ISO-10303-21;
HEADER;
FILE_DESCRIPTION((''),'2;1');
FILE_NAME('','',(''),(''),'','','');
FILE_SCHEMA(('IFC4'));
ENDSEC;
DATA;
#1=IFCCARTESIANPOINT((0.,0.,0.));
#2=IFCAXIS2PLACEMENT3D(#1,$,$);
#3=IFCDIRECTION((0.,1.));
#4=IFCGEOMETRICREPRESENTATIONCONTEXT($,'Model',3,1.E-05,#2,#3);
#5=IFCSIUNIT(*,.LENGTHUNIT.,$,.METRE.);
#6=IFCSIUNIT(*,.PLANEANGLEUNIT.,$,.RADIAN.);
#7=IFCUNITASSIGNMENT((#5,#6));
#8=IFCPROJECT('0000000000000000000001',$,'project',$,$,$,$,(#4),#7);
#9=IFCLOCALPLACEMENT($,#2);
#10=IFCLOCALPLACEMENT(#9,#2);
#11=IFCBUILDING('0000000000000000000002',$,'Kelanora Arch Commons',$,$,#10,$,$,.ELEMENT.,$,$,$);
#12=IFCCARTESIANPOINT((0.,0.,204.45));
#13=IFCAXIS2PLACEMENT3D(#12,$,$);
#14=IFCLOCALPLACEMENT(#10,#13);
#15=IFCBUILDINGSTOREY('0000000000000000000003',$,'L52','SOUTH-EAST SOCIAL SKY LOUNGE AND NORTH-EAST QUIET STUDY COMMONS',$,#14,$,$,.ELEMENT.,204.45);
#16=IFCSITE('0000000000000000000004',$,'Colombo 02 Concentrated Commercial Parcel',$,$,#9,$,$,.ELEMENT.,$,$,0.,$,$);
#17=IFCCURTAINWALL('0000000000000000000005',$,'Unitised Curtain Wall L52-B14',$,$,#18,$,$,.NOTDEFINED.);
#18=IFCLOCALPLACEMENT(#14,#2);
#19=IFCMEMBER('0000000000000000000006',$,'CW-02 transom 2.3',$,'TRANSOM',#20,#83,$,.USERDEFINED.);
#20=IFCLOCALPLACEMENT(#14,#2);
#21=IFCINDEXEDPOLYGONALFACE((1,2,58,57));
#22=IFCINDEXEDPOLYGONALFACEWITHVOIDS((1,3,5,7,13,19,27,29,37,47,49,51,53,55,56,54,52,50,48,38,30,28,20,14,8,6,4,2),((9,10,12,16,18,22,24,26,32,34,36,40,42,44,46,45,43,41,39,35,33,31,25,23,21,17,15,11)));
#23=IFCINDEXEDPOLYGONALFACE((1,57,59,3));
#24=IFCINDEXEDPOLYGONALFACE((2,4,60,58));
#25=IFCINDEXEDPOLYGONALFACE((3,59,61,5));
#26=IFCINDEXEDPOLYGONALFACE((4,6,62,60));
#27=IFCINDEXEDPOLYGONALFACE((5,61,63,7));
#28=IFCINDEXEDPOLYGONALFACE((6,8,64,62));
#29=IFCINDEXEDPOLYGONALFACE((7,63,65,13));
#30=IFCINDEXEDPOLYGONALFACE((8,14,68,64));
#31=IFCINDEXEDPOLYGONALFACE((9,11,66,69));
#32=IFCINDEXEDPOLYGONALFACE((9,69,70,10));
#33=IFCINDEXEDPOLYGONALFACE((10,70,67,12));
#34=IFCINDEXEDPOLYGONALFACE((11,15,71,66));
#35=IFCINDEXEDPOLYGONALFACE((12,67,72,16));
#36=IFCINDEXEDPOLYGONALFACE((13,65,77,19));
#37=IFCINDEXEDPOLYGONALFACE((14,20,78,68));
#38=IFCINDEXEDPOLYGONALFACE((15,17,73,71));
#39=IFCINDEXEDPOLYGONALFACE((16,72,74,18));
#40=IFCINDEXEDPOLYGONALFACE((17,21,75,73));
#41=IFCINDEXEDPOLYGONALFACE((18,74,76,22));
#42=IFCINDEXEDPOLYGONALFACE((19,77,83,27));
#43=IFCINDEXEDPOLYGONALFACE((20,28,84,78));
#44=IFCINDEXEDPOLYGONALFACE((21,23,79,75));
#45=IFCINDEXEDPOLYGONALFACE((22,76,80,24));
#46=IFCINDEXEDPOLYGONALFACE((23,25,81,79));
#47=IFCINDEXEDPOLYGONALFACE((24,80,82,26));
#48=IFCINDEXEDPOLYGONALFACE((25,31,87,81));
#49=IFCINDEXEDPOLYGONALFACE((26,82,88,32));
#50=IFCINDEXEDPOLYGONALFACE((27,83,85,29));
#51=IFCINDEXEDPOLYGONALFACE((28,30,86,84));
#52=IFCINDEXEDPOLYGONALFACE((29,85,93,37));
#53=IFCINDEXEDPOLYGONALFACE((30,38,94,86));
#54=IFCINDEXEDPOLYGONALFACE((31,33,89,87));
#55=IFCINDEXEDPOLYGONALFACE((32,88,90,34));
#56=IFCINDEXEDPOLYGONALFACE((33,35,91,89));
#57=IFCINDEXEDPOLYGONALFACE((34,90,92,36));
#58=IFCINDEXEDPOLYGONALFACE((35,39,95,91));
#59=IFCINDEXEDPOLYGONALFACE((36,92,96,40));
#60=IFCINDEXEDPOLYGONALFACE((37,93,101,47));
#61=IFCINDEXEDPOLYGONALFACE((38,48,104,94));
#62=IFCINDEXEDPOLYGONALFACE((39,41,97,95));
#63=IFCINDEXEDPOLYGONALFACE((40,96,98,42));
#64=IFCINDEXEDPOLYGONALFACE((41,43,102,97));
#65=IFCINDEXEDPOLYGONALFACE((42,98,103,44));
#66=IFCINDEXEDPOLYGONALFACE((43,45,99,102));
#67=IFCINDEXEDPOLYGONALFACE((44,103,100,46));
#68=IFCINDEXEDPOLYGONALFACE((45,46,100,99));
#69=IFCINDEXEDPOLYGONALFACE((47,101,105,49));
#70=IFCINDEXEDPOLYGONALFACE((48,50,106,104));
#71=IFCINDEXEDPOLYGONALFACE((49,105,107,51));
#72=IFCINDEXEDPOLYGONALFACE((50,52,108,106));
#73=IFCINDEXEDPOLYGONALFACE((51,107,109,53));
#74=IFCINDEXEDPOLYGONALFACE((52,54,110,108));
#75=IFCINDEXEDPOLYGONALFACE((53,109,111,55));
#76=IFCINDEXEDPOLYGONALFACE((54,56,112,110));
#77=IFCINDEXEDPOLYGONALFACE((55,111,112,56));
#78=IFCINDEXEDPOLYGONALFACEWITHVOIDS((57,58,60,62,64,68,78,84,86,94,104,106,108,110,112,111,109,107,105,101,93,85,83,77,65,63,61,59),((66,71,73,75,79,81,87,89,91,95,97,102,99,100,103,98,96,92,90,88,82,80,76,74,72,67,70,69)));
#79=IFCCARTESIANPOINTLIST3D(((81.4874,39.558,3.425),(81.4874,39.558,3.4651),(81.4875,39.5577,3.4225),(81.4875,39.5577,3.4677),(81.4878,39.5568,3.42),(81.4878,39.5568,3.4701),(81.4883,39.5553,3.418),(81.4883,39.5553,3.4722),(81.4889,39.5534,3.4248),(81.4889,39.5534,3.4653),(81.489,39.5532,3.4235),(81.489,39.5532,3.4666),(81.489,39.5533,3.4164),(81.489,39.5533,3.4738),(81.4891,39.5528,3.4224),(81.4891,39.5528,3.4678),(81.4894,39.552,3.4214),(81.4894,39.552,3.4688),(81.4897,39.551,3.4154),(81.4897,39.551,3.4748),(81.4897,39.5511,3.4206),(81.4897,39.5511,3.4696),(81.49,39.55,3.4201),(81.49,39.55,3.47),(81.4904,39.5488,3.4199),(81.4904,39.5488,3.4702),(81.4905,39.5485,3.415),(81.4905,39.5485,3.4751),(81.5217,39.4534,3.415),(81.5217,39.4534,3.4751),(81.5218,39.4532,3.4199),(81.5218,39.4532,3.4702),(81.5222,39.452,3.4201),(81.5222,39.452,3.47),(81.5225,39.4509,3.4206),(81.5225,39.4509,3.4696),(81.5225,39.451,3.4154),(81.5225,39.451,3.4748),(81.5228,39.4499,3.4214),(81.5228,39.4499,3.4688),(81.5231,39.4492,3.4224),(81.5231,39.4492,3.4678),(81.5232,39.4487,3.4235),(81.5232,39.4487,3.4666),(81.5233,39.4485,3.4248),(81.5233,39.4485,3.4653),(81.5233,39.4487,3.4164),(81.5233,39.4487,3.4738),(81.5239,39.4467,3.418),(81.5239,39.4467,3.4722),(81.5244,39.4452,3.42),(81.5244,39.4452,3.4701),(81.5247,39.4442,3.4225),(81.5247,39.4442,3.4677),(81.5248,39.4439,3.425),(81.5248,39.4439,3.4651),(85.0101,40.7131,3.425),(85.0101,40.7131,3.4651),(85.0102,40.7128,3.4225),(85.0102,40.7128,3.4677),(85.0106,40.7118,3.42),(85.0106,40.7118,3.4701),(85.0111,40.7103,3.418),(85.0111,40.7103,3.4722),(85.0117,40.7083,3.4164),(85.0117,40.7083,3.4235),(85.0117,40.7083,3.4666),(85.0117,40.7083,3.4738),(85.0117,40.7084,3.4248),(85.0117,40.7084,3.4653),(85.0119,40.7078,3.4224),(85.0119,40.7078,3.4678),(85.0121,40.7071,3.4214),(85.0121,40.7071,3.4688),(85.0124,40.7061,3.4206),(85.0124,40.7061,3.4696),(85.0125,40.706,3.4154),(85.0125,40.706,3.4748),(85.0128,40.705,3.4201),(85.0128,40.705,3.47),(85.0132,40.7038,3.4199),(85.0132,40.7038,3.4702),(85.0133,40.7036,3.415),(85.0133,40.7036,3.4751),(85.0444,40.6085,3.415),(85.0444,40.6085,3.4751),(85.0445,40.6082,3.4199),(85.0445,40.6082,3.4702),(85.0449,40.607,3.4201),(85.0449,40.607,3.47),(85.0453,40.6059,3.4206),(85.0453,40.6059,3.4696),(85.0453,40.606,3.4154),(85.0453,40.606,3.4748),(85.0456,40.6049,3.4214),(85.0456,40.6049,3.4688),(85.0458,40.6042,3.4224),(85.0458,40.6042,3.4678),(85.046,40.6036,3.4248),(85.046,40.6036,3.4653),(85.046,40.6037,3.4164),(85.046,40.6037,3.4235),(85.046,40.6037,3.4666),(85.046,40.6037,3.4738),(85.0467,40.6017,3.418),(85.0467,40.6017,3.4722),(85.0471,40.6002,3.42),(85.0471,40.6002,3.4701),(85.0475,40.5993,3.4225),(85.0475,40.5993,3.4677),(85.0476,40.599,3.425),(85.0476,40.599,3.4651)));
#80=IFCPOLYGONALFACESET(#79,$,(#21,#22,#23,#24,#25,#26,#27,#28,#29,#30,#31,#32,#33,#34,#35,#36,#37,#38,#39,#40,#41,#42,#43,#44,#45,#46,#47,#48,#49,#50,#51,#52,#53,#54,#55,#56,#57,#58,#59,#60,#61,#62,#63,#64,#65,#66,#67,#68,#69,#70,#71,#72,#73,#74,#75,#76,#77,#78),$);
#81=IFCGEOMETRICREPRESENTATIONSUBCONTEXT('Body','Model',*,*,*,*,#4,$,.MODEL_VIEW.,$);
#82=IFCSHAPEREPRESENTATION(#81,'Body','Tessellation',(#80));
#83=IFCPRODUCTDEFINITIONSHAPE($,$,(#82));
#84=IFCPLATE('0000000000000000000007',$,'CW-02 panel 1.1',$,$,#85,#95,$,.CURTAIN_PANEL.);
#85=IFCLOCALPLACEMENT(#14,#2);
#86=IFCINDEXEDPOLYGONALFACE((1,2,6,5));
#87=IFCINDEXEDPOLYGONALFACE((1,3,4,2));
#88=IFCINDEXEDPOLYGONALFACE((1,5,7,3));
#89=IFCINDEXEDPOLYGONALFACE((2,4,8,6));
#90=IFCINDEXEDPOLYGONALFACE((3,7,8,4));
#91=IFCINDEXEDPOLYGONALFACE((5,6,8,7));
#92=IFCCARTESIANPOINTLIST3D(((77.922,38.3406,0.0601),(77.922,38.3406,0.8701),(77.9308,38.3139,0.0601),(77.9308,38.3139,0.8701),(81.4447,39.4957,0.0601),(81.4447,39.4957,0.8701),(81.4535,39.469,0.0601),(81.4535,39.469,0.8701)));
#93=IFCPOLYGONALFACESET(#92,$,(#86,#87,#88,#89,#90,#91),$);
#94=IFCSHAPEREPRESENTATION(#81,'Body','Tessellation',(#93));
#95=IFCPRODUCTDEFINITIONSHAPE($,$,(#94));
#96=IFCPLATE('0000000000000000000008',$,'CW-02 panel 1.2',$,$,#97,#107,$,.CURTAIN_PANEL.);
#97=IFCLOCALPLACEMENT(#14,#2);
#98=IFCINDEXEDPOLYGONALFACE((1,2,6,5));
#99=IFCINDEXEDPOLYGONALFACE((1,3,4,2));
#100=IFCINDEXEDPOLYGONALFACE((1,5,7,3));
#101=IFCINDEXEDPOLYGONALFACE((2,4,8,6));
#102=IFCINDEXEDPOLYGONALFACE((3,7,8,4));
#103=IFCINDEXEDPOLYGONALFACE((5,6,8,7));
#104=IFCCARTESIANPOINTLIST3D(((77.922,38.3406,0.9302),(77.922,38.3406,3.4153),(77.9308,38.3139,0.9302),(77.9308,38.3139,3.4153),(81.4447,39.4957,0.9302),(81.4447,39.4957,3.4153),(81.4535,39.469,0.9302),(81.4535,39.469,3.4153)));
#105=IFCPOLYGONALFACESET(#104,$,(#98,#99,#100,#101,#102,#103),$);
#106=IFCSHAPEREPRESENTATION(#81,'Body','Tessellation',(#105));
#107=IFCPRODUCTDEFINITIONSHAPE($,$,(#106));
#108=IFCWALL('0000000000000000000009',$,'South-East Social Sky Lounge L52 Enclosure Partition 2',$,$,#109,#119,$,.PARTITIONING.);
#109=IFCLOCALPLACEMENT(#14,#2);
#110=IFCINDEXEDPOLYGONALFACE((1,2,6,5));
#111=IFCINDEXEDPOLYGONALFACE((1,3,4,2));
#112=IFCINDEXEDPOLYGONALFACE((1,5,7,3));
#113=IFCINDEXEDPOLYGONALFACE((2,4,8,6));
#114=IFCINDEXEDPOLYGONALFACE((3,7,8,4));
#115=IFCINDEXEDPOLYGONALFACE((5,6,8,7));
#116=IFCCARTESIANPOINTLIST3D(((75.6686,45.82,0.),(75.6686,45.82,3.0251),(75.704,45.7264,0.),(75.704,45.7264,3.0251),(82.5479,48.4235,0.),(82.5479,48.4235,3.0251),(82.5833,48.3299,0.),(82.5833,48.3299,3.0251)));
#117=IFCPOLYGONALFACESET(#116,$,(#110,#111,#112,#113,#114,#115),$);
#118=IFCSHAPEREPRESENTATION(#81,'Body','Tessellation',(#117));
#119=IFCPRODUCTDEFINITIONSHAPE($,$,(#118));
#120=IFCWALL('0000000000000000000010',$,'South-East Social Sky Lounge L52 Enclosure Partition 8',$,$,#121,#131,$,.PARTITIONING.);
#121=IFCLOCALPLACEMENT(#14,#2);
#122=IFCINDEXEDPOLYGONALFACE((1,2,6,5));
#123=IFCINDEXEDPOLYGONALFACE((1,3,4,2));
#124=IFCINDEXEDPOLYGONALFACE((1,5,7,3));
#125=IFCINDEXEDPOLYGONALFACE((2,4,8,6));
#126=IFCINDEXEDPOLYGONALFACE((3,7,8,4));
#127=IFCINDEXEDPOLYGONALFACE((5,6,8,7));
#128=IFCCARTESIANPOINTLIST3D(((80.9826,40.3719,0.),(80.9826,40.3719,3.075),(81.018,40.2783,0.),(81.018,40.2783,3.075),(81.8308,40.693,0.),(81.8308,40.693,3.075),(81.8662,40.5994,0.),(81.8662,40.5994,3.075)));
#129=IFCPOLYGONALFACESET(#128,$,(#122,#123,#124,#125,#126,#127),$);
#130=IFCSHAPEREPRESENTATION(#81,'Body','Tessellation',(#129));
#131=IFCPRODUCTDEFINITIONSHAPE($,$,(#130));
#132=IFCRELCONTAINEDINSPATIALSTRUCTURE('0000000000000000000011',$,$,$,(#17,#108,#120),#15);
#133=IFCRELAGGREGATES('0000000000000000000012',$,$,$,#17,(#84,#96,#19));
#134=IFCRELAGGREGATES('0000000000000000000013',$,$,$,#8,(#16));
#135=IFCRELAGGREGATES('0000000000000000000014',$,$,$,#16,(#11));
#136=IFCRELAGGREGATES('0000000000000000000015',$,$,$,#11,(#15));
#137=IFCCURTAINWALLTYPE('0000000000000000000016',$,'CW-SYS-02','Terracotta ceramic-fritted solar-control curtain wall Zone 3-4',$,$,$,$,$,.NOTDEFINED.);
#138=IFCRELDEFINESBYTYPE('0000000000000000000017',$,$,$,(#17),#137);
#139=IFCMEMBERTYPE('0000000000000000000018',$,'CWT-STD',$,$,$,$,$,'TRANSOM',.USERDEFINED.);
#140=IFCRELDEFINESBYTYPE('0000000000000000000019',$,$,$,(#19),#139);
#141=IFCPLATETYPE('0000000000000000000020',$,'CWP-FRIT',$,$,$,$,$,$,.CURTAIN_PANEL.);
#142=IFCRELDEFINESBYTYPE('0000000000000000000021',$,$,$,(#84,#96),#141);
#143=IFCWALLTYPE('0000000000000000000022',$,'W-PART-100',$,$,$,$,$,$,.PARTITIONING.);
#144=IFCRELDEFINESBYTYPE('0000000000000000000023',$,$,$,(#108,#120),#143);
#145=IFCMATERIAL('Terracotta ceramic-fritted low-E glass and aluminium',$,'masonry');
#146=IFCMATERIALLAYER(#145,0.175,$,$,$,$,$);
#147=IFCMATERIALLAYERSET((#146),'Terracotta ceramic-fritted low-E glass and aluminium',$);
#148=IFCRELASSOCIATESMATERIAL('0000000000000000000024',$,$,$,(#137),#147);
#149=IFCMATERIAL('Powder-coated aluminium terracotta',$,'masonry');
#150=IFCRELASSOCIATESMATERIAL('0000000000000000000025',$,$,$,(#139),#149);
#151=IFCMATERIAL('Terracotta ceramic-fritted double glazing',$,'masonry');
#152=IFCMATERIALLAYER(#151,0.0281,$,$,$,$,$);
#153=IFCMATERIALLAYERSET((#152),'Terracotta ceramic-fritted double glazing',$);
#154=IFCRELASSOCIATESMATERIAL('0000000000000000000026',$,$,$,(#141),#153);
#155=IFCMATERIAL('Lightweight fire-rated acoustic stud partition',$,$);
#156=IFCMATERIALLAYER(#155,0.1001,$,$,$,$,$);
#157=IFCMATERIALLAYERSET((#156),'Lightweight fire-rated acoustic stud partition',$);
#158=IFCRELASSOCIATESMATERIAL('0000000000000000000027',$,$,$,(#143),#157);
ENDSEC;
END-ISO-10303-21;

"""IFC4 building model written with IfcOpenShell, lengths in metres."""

from ifc_helpers import new_model, si_unit, direction, frame, frame_2d, origin, origin_2d, place, context, subcontext, project, spatial, rectangle, hollow_rectangle, extrude, source, transform, mapped, material, layer, layer_set, material_profile, profile_set, type_object, element, aggregate, save


model = new_model("IFC4")

# Units and contexts
model_context = context("Model", 3, precision=1e-05, world=origin(), true_north=direction((0.0, 1.0)))
body_context = subcontext(model_context, "Body", "Model", "MODEL_VIEW")
ifc_project = project(units=[si_unit("LENGTHUNIT", "METRE"), si_unit("PLANEANGLEUNIT", "RADIAN")], contexts=[model_context])

# Site, building, storey
site_placement = place(None, origin())
site = spatial("IfcSite", under=ifc_project, at=site_placement, Name="Colombo 02 Concentrated Commercial Parcel", CompositionType="ELEMENT", RefElevation=0.0)
building_placement = place(site_placement, origin())
building = spatial("IfcBuilding", under=site, at=building_placement, Name="Kelanora Arch Commons", CompositionType="ELEMENT")
storey_placement = place(building_placement, frame((0.0, 0.0, 204.45)))
storey = spatial("IfcBuildingStorey", under=building, at=storey_placement, Name="L52", Description="SOUTH-EAST SOCIAL SKY LOUNGE AND NORTH-EAST QUIET STUDY COMMONS", CompositionType="ELEMENT", Elevation=204.45)

# Curtain wall, member, plates
ifc_material_1 = material(Name="Terracotta ceramic-fritted low-E glass and aluminium", Category="masonry")
ifc_layer_1 = layer(ifc_material_1, 0.175)
ifc_layer_set_1 = layer_set([ifc_layer_1], Name="Terracotta ceramic-fritted low-E glass and aluminium")
curtain_wall_type = type_object("IfcCurtainWallType", Name="CW-SYS-02", Description="Terracotta ceramic-fritted solar-control curtain wall Zone 3-4", PredefinedType="NOTDEFINED", material=ifc_layer_set_1)
curtain_wall_placement = place(storey_placement, origin())
curtain_wall = element("IfcCurtainWall", 1, at=curtain_wall_placement, inside=storey, type_object=curtain_wall_type, Name="Unitised Curtain Wall L52-B14", PredefinedType="NOTDEFINED")
ifc_material_2 = material(Name="Powder-coated aluminium terracotta", Category="masonry")
ifc_material_profile_1 = material_profile(ifc_material_2, hollow_rectangle(XDim=0.1201, YDim=0.0601, WallThickness=0.0049, InnerFilletRadius=0.0049, OuterFilletRadius=0.01, at=origin_2d()), Name="CWT120x60")
ifc_profile_set_1 = profile_set([ifc_material_profile_1], Name="Powder-coated aluminium terracotta")
member_type_1 = type_object("IfcMemberType", Name="CWT-STD", ElementType="TRANSOM", PredefinedType="USERDEFINED", material=ifc_profile_set_1)
member_1_placement = place(storey_placement, frame((81.5061, 39.501, 3.4451), z_axis=(0.950226, 0.311561, 0.0), x_axis=(-0.311561, 0.950226, 0.0)))
member_1 = element("IfcMember", 2, at=member_1_placement, type_object=member_type_1, Name="CW-02 transom 2.3", ObjectType="TRANSOM", PredefinedType="USERDEFINED", context=body_context, shape_type="SweptSolid", body=[
    extrude(hollow_rectangle(XDim=0.1201, YDim=0.0601, WallThickness=0.0049, InnerFilletRadius=0.0049, OuterFilletRadius=0.01, at=origin_2d()), origin(), (0.0, 0.0, 1.0), 3.7073),
])
ifc_material_3 = material(Name="Terracotta ceramic-fritted double glazing", Category="masonry")
ifc_layer_2 = layer(ifc_material_3, 0.0281)
ifc_layer_set_2 = layer_set([ifc_layer_2], Name="Terracotta ceramic-fritted double glazing")
plate_type = type_object("IfcPlateType", Name="CWP-FRIT", PredefinedType="CURTAIN_PANEL", material=ifc_layer_set_2)
shared_shape_1 = source(origin(), body_context, "Body", "SweptSolid", [
    extrude(rectangle(XDim=3.7073, YDim=0.0281, at=origin_2d()), origin(), (0.0, 0.0, 1.0), 0.8101),
])
plate_1_placement = place(storey_placement, frame((79.6877, 38.9048, 0.0601), z_axis=(0.0, 0.0, 1.0), x_axis=(0.950219, 0.311582, 0.0)))
plate_1 = element("IfcPlate", 3, at=plate_1_placement, type_object=plate_type, Name="CW-02 panel 1.1", PredefinedType="CURTAIN_PANEL", context=body_context, shape_type="MappedRepresentation", body=[
    mapped(shared_shape_1, transform((0.0, 0.0, 0.0), scale=1.0)),
])
shared_shape_2 = source(origin(), body_context, "Body", "SweptSolid", [
    extrude(rectangle(XDim=3.7073, YDim=0.0281, at=origin_2d()), origin(), (0.0, 0.0, 1.0), 2.4851),
])
plate_2_placement = place(storey_placement, frame((79.6877, 38.9048, 0.9302), z_axis=(0.0, 0.0, 1.0), x_axis=(0.950219, 0.311582, 0.0)))
plate_2 = element("IfcPlate", 4, at=plate_2_placement, type_object=plate_type, Name="CW-02 panel 1.2", PredefinedType="CURTAIN_PANEL", context=body_context, shape_type="MappedRepresentation", body=[
    mapped(shared_shape_2, transform((0.0, 0.0, 0.0), scale=1.0)),
])
aggregate(curtain_wall, [plate_1, plate_2, member_1])

# Walls
ifc_material_4 = material(Name="Lightweight fire-rated acoustic stud partition")
ifc_layer_3 = layer(ifc_material_4, 0.1001)
ifc_layer_set_3 = layer_set([ifc_layer_3], Name="Lightweight fire-rated acoustic stud partition")
wall_type = type_object("IfcWallType", Name="W-PART-100", PredefinedType="PARTITIONING", material=ifc_layer_set_3)
wall_1_placement = place(storey_placement, frame((75.6863, 45.7732, 0.0), z_axis=(0.0, 0.0, 1.0), x_axis=(0.935264, 0.353952, 0.0)))
element("IfcWall", 5, at=wall_1_placement, inside=storey, type_object=wall_type, Name="South-East Social Sky Lounge L52 Enclosure Partition 2", PredefinedType="PARTITIONING", context=body_context, shape_type="SweptSolid", body=[
    extrude(rectangle(XDim=7.3555, YDim=0.1001, at=frame_2d((3.6777, 0.0))), origin(), (0.0, 0.0, 1.0), 3.0251),
])
wall_2_placement = place(storey_placement, frame((81.8486, 40.6462, 0.0), z_axis=(0.0, 0.0, 1.0), x_axis=(-0.93524, -0.354013, 0.0)))
element("IfcWall", 6, at=wall_2_placement, inside=storey, type_object=wall_type, Name="South-East Social Sky Lounge L52 Enclosure Partition 8", PredefinedType="PARTITIONING", context=body_context, shape_type="SweptSolid", body=[
    extrude(rectangle(XDim=0.907, YDim=0.1001, at=frame_2d((0.4536, 0.0))), origin(), (0.0, 0.0, 1.0), 3.075),
])

save(model, "model.ifc")
